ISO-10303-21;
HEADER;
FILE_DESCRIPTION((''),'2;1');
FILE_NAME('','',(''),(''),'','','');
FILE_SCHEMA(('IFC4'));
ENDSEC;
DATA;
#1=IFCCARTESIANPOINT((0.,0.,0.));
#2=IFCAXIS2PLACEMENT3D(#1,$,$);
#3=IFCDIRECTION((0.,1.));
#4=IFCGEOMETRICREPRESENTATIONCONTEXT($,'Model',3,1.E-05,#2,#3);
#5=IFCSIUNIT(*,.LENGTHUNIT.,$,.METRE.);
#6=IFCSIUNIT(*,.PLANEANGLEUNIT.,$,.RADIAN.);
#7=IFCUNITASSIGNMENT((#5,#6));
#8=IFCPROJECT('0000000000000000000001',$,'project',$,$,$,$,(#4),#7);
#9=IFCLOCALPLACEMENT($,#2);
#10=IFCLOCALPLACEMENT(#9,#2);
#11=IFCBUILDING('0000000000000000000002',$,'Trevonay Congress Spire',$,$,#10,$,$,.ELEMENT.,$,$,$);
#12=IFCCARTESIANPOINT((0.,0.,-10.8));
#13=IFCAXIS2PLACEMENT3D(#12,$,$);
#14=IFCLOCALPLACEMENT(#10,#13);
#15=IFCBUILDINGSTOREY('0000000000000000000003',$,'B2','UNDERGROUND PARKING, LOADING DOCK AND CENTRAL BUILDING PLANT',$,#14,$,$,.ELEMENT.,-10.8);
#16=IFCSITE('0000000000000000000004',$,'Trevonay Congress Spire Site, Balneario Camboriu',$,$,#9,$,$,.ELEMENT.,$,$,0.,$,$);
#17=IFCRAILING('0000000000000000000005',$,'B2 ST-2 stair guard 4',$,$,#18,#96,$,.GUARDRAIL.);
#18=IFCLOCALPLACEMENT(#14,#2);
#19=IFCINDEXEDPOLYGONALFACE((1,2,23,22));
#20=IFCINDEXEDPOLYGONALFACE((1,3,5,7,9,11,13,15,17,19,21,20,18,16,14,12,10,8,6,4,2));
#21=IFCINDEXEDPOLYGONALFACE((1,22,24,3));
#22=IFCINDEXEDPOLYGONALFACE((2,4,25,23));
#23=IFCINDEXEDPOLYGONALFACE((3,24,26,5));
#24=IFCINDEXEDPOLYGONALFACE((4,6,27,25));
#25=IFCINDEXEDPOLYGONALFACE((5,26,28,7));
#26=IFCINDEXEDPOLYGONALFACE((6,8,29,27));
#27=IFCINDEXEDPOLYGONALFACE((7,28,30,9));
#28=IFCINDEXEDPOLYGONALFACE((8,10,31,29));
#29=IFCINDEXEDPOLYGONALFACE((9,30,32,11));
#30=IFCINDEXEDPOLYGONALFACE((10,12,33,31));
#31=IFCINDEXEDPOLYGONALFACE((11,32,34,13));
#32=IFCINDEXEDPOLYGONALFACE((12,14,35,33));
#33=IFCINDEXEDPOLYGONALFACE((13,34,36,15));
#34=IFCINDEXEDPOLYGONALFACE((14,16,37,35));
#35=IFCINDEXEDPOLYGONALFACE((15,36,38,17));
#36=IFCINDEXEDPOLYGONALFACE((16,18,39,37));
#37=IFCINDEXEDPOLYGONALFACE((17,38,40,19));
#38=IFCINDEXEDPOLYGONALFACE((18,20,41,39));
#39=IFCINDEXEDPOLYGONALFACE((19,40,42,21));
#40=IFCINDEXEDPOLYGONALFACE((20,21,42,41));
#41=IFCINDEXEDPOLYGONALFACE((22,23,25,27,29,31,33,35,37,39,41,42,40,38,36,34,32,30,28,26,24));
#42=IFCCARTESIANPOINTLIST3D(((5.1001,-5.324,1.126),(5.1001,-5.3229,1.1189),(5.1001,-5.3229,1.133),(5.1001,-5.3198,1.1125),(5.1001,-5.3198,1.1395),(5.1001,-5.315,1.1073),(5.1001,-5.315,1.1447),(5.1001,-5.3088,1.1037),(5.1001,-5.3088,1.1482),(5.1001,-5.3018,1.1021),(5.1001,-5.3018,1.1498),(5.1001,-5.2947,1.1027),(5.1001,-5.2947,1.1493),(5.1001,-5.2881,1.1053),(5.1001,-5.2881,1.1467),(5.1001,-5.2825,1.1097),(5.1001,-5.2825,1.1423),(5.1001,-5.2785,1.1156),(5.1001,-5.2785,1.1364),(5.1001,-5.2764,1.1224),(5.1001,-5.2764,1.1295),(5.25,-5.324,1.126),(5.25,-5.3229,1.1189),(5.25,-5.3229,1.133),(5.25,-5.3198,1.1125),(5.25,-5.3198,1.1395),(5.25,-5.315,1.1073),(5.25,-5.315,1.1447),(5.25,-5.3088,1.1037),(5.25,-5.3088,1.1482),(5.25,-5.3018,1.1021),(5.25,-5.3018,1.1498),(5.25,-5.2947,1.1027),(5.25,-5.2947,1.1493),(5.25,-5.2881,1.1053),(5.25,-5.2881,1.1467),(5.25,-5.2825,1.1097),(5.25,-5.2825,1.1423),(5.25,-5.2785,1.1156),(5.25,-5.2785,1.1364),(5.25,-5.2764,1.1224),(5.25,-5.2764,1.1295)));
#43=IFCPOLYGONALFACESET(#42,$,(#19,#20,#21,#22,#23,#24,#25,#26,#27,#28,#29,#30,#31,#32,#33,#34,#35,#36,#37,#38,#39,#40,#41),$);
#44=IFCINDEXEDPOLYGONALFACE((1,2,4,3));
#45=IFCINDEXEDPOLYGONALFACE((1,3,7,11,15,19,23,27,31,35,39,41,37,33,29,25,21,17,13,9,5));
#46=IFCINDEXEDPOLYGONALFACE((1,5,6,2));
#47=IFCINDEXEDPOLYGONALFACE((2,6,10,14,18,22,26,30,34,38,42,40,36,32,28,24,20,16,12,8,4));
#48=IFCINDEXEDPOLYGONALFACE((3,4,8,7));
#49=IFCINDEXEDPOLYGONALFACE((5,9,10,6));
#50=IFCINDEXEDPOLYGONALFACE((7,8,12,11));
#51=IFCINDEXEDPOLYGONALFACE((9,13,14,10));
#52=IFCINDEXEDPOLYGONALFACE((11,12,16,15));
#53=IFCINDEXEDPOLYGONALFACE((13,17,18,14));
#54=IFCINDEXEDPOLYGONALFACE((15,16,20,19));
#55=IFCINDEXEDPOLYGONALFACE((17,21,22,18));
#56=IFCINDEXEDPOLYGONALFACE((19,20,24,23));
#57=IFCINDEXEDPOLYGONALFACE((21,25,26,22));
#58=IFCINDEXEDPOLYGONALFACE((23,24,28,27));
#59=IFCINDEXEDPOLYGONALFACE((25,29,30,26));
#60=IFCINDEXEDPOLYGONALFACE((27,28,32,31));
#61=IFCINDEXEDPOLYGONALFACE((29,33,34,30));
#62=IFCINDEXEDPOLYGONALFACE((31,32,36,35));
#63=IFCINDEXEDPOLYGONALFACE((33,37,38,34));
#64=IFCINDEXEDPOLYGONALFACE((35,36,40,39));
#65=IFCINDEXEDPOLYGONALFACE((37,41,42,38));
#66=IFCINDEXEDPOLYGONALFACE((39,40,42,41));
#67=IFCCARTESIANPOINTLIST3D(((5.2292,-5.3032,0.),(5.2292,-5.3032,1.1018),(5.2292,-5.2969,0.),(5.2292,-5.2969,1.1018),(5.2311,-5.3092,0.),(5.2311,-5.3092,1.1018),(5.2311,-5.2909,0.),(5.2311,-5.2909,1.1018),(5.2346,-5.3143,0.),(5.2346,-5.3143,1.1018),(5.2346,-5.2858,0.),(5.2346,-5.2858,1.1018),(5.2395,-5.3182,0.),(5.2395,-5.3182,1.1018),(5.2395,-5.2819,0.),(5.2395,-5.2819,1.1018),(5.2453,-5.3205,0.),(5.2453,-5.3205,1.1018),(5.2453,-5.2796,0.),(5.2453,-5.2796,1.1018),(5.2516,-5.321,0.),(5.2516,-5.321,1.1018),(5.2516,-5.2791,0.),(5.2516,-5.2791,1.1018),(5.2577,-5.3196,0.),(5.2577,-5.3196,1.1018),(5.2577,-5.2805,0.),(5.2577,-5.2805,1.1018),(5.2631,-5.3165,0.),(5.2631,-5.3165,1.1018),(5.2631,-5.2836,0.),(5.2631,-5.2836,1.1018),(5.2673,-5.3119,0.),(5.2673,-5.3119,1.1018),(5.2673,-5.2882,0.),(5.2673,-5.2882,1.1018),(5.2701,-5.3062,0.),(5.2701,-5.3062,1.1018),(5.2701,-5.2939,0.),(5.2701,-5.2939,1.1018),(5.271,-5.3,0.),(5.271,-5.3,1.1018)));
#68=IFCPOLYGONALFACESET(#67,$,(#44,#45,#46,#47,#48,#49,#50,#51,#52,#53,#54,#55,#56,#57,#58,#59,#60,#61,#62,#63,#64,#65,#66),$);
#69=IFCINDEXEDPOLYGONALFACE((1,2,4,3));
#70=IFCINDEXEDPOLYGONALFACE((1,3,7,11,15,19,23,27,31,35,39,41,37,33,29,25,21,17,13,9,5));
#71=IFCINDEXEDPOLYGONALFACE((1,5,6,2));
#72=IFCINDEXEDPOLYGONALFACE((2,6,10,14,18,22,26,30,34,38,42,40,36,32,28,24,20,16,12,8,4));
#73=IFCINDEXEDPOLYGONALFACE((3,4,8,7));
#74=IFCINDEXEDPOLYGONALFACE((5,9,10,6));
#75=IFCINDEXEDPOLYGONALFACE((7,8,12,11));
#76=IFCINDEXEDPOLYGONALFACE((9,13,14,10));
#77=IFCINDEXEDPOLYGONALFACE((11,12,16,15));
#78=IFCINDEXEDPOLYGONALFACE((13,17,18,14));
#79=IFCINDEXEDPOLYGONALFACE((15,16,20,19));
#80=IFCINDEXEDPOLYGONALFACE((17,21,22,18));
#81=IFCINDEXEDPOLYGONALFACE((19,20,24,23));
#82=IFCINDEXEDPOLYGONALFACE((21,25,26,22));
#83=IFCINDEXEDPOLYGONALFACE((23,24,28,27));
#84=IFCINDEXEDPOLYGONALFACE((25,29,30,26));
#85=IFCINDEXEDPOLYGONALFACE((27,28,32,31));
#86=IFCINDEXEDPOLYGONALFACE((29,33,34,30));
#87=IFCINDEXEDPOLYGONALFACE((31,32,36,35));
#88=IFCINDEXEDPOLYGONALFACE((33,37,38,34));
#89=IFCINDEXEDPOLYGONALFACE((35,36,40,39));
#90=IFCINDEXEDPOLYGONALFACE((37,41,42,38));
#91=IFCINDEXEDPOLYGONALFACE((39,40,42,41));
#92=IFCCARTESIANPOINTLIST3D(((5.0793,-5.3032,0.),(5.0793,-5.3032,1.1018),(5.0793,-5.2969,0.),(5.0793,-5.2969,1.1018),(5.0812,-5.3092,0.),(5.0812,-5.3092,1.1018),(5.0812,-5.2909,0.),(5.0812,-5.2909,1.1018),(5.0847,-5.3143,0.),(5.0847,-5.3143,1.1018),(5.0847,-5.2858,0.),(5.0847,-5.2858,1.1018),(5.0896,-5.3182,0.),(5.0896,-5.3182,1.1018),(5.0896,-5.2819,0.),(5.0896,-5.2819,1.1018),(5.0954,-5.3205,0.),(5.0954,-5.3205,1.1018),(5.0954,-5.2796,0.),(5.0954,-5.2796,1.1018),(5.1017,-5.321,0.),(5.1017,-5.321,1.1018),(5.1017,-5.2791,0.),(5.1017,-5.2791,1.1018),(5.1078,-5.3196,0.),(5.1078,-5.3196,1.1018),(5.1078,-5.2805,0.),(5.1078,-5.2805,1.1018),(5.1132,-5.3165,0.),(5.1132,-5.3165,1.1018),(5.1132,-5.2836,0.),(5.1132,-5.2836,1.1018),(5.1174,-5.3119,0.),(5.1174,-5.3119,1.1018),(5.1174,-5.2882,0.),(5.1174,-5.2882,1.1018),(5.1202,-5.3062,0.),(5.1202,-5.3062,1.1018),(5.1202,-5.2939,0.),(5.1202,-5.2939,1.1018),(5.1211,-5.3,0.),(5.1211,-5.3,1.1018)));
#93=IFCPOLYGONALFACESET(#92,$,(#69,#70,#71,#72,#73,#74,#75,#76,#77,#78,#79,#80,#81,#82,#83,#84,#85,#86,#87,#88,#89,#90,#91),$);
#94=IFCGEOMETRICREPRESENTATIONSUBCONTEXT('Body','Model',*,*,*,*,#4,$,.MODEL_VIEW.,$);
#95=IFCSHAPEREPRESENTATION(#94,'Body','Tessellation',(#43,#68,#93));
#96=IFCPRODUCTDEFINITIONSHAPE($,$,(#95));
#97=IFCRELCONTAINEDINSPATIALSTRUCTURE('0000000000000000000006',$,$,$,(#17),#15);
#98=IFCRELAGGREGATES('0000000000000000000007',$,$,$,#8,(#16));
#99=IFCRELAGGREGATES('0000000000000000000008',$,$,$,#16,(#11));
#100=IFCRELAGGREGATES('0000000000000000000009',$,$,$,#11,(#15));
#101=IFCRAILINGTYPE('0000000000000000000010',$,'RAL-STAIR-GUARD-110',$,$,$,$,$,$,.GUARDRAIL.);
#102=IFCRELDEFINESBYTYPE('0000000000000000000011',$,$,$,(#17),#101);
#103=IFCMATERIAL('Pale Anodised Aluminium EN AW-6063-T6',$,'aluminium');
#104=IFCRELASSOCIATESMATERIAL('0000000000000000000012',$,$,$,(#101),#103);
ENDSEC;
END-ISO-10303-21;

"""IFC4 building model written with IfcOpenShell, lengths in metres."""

from ifc_helpers import new_model, si_unit, direction, frame, origin, origin_2d, place, context, subcontext, project, spatial, circle, extrude, material, type_object, element, save


model = new_model("IFC4")

# Units and contexts
model_context = context("Model", 3, precision=1e-05, world=origin(), true_north=direction((0.0, 1.0)))
body_context = subcontext(model_context, "Body", "Model", "MODEL_VIEW")
ifc_project = project(units=[si_unit("LENGTHUNIT", "METRE"), si_unit("PLANEANGLEUNIT", "RADIAN")], contexts=[model_context])

# Site, building, storey
site_placement = place(None, origin())
site = spatial("IfcSite", under=ifc_project, at=site_placement, Name="Trevonay Congress Spire Site, Balneario Camboriu", CompositionType="ELEMENT", RefElevation=0.0)
building_placement = place(site_placement, origin())
building = spatial("IfcBuilding", under=site, at=building_placement, Name="Trevonay Congress Spire", CompositionType="ELEMENT")
storey_placement = place(building_placement, frame((0.0, 0.0, -10.8)))
storey = spatial("IfcBuildingStorey", under=building, at=storey_placement, Name="B2", Description="UNDERGROUND PARKING, LOADING DOCK AND CENTRAL BUILDING PLANT", CompositionType="ELEMENT", Elevation=-10.8)

# Railing
ifc_material_1 = material(Name="Pale Anodised Aluminium EN AW-6063-T6", Category="aluminium")
railing_type_1 = type_object("IfcRailingType", Name="RAL-STAIR-GUARD-110", PredefinedType="GUARDRAIL", material=ifc_material_1)
railing_1_placement = place(storey_placement, frame((5.25, -5.3, 0.0)))
element("IfcRailing", 1, at=railing_1_placement, inside=storey, type_object=railing_type_1, Name="B2 ST-2 stair guard 4", PredefinedType="GUARDRAIL", context=body_context, shape_type="SweptSolid", body=[
    extrude(circle(Radius=0.0239, at=origin_2d()), frame((0.0, 0.0, 1.126), z_axis=(-1.0, 0.0, 0.0), x_axis=(0.0, -1.0, 0.0)), (0.0, 0.0, 1.0), 0.1499),
    extrude(circle(Radius=0.021, at=origin_2d()), origin(), (0.0, 0.0, 1.0), 1.1018),
    extrude(circle(Radius=0.021, at=origin_2d()), frame((-0.1499, 0.0, 0.0)), (0.0, 0.0, 1.0), 1.1018),
])

save(model, "model.ifc")
